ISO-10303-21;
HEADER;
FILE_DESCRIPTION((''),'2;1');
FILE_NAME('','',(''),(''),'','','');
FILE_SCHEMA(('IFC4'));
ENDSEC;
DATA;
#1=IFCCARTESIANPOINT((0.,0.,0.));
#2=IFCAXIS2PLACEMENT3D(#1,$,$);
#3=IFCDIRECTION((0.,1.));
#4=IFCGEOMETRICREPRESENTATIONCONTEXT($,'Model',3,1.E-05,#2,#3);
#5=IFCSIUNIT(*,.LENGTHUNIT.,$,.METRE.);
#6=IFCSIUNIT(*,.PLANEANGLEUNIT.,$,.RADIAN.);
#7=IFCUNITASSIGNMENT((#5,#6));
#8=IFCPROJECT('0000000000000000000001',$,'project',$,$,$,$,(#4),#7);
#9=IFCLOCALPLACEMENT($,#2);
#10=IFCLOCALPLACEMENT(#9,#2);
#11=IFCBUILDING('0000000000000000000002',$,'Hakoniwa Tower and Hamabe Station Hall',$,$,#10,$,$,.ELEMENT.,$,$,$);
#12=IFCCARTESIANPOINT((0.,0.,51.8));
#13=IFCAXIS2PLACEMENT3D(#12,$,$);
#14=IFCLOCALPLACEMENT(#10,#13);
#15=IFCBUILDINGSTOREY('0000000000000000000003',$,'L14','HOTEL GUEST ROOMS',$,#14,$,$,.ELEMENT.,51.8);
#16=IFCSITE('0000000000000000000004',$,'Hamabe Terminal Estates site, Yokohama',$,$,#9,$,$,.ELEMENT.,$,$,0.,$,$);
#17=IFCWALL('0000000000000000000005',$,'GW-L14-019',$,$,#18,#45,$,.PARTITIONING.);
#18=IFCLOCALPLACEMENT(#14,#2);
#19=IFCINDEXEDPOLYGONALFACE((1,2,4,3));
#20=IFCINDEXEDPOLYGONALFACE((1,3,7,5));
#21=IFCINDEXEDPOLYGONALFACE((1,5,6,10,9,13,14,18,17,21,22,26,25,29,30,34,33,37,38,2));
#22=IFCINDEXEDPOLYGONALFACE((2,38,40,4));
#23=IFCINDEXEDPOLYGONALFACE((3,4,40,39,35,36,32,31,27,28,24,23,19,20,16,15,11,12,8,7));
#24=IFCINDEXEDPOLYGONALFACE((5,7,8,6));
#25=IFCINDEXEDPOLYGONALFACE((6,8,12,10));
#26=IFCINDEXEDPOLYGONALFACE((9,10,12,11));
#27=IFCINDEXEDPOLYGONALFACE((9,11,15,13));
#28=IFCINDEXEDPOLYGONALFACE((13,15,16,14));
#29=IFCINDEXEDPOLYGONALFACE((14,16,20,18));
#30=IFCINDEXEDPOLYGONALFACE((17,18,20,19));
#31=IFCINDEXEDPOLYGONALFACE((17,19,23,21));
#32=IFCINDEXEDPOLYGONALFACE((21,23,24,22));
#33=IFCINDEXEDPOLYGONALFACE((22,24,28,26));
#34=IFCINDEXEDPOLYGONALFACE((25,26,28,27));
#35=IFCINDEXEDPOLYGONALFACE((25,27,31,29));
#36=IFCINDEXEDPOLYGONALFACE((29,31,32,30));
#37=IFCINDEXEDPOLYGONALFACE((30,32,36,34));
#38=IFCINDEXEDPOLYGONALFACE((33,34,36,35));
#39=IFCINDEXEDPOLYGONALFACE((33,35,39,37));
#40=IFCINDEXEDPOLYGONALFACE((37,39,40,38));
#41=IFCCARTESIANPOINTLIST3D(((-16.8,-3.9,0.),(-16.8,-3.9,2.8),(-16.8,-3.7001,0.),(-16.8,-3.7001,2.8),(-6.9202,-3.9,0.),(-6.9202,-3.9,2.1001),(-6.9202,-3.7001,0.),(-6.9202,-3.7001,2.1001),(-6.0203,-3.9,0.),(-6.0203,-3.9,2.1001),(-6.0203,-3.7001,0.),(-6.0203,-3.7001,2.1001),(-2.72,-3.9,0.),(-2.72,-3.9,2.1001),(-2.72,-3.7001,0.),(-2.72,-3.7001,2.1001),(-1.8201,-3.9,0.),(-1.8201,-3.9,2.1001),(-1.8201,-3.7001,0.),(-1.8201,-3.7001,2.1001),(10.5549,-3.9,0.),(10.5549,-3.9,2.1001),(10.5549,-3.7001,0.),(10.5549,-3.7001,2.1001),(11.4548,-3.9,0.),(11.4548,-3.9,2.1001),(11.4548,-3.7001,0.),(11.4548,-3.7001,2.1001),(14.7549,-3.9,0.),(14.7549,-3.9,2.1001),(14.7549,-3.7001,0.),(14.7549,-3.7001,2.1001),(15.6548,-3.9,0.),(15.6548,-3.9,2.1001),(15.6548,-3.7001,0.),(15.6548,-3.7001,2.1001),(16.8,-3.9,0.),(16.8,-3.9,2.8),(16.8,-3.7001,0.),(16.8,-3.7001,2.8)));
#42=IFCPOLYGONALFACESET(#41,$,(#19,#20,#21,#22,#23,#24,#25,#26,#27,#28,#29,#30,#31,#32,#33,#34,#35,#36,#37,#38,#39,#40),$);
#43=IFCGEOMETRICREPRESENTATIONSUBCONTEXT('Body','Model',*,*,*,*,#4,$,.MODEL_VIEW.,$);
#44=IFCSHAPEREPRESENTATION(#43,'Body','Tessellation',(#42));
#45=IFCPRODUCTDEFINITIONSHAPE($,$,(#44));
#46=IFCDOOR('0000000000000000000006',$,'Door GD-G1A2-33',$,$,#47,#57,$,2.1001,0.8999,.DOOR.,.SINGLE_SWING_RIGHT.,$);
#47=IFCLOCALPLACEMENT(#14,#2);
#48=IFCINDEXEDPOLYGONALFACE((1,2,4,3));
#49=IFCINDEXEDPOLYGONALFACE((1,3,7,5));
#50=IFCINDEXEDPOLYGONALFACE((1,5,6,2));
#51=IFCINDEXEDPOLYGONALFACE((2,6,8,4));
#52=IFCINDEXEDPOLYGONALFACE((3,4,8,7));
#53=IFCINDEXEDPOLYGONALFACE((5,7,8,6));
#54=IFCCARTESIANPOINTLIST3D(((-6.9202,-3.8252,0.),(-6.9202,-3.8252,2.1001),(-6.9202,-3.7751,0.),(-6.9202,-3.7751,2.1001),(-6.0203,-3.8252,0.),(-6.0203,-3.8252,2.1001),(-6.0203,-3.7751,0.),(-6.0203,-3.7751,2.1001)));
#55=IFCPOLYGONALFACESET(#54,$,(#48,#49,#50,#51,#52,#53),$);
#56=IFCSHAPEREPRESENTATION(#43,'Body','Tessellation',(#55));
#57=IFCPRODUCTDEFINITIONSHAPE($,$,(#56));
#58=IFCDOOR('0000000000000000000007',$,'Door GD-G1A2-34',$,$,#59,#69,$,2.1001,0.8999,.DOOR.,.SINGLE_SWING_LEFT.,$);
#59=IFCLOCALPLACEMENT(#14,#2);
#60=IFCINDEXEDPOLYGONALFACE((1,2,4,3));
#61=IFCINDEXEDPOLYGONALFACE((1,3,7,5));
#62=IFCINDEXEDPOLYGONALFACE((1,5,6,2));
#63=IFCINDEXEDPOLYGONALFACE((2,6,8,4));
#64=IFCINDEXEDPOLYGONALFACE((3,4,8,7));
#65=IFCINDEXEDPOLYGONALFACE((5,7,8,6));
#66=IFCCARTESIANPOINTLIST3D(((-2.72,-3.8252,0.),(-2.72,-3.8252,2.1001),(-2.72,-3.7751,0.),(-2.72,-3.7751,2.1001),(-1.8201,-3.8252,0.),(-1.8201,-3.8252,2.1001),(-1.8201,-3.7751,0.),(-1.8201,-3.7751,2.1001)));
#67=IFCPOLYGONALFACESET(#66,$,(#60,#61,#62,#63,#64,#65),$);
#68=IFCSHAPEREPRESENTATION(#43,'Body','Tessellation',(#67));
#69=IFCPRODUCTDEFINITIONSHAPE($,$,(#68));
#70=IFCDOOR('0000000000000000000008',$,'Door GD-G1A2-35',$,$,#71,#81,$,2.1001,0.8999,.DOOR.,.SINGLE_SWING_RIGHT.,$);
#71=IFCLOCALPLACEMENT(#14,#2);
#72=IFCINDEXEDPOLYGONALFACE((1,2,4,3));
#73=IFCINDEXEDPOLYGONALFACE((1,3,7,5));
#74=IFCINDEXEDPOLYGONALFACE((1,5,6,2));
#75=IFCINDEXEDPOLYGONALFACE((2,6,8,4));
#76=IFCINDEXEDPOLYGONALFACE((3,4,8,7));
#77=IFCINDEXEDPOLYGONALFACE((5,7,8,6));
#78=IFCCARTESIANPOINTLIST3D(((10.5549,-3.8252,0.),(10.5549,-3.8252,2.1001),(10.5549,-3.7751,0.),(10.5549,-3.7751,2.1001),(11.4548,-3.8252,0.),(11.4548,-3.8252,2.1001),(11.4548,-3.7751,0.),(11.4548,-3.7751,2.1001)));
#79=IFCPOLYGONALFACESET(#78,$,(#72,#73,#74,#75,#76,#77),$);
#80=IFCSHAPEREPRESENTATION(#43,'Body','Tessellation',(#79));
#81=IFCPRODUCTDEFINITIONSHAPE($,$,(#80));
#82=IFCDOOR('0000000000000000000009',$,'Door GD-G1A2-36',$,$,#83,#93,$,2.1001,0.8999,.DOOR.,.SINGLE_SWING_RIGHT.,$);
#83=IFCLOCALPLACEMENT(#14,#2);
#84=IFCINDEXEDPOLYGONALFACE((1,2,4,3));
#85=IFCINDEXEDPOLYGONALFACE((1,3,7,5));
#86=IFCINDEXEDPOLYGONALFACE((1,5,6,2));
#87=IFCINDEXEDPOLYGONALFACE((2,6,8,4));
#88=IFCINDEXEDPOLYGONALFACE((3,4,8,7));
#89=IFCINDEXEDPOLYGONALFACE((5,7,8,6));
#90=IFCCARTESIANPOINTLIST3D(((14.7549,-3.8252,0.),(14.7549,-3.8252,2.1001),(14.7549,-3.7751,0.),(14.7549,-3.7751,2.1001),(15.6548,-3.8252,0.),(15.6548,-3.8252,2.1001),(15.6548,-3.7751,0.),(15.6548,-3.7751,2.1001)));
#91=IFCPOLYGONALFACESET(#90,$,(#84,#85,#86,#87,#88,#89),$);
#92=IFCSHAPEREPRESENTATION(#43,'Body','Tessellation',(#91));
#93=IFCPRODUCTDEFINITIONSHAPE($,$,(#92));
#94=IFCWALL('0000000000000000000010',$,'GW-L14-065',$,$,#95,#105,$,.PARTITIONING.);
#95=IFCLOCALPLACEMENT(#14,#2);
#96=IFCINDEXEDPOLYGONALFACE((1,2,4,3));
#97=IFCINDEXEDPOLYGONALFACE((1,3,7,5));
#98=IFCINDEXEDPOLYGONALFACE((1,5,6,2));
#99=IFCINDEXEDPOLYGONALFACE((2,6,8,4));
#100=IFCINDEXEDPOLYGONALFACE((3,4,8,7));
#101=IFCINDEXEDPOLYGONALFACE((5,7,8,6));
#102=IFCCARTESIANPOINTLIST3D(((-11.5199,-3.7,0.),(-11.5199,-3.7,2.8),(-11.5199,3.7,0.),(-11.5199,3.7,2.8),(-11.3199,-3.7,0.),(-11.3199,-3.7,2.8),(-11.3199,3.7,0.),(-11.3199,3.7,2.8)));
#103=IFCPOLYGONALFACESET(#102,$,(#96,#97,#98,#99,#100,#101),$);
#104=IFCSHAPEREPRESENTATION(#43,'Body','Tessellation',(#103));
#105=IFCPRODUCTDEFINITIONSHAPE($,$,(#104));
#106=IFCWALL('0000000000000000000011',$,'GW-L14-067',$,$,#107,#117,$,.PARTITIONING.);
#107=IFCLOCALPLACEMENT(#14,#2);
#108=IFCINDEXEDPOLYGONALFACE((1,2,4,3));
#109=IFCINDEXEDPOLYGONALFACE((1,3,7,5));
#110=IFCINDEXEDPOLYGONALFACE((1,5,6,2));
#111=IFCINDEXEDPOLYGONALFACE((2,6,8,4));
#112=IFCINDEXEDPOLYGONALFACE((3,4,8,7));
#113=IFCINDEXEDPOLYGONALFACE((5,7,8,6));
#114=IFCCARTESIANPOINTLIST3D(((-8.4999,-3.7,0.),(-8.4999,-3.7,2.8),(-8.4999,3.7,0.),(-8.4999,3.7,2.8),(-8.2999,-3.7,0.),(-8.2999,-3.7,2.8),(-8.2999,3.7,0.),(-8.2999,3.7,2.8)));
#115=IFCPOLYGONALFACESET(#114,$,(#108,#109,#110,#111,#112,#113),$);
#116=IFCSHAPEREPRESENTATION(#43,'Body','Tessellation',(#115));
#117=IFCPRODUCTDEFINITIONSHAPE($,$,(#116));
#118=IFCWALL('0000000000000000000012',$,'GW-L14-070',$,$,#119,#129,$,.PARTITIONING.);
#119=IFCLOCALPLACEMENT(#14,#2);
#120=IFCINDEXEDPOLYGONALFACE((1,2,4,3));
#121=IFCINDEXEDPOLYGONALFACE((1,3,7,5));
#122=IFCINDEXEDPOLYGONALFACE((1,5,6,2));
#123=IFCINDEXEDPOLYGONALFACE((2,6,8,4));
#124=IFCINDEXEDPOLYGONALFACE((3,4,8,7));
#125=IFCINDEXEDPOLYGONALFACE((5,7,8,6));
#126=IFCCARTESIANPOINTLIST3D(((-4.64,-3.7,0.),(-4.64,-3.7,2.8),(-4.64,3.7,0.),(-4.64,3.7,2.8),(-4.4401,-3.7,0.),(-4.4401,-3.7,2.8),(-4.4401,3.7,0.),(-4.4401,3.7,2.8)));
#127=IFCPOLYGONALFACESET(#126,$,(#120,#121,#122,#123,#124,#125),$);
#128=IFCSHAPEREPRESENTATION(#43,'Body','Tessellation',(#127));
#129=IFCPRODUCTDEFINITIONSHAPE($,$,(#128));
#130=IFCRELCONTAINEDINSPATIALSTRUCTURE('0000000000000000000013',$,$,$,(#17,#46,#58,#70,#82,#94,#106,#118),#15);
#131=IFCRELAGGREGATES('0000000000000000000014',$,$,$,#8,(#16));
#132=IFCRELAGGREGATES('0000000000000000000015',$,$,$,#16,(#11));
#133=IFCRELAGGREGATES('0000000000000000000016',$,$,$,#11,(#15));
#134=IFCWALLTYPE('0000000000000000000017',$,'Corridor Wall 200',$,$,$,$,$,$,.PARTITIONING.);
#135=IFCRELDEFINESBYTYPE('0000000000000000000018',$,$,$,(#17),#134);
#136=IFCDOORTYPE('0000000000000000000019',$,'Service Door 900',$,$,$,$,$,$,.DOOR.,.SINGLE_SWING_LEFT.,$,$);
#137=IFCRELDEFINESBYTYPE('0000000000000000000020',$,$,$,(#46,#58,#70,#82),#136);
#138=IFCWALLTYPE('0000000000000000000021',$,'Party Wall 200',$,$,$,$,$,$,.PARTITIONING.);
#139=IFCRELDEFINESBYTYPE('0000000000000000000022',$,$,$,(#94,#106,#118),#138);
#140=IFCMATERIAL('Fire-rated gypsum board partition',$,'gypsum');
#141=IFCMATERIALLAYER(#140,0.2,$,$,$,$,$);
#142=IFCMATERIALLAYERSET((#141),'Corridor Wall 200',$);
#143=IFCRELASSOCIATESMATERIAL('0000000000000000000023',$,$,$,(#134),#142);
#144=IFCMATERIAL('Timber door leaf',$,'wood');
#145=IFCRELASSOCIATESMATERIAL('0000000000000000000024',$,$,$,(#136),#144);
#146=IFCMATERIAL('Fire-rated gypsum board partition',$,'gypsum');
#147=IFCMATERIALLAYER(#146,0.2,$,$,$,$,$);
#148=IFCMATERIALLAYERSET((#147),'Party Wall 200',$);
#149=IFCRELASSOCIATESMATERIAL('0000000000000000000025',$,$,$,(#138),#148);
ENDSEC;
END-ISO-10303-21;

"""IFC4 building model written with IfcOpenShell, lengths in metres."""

from ifc_helpers import new_model, si_unit, direction, frame, frame_2d, origin, place, context, subcontext, project, spatial, rectangle, extrude, material, layer, layer_set, type_object, element, fill, save


model = new_model("IFC4")

# Units and contexts
model_context = context("Model", 3, precision=1e-05, world=origin(), true_north=direction((0.0, 1.0)))
body_context = subcontext(model_context, "Body", "Model", "MODEL_VIEW")
ifc_project = project(units=[si_unit("LENGTHUNIT", "METRE"), si_unit("PLANEANGLEUNIT", "RADIAN")], contexts=[model_context])

# Site, building, storey
site_placement = place(None, origin())
site = spatial("IfcSite", under=ifc_project, at=site_placement, Name="Hamabe Terminal Estates site, Yokohama", CompositionType="ELEMENT", RefElevation=0.0)
building_placement = place(site_placement, origin())
building = spatial("IfcBuilding", under=site, at=building_placement, Name="Hakoniwa Tower and Hamabe Station Hall", CompositionType="ELEMENT")
storey_placement = place(building_placement, frame((0.0, 0.0, 51.8)))
storey = spatial("IfcBuildingStorey", under=building, at=storey_placement, Name="L14", Description="HOTEL GUEST ROOMS", CompositionType="ELEMENT", Elevation=51.8)

# Wall, openings, doors
ifc_material_1 = material(Name="Fire-rated gypsum board partition", Category="gypsum")
ifc_layer_1 = layer(ifc_material_1, 0.2)
ifc_layer_set_1 = layer_set([ifc_layer_1], Name="Corridor Wall 200")
wall_type_1 = type_object("IfcWallType", Name="Corridor Wall 200", PredefinedType="PARTITIONING", material=ifc_layer_set_1)
ifc_material_2 = material(Name="Timber door leaf", Category="wood")
door_type_1 = type_object("IfcDoorType", Name="Service Door 900", OperationType="SINGLE_SWING_LEFT", PredefinedType="DOOR", material=ifc_material_2)
wall_1_placement = place(storey_placement, frame((-16.8, -3.8, 0.0), z_axis=(0.0, 0.0, 1.0), x_axis=(1.0, 0.0, 0.0)))
wall_1 = element("IfcWall", 1, at=wall_1_placement, inside=storey, type_object=wall_type_1, Name="GW-L14-019", PredefinedType="PARTITIONING", context=body_context, shape_type="SweptSolid", body=[
    extrude(rectangle(XDim=33.6001, YDim=0.2, at=frame_2d((16.8, 0.0))), origin(), (0.0, 0.0, 1.0), 2.8),
])
opening_1_placement = place(wall_1_placement, frame((9.8799, 0.0, 0.0)))
opening_1 = element("IfcOpeningElement", 2, at=opening_1_placement, cuts=wall_1, PredefinedType="OPENING", context=body_context, shape_type="SweptSolid", body=[
    extrude(rectangle(XDim=0.8999, YDim=2.1001, at=frame_2d((0.45, 1.05))), frame((0.0, 0.1099, 0.0), z_axis=(0.0, -1.0, 0.0), x_axis=(1.0, 0.0, 0.0)), (0.0, 0.0, 1.0), 0.22),
])
opening_2_placement = place(wall_1_placement, frame((14.0801, 0.0, 0.0)))
opening_2 = element("IfcOpeningElement", 3, at=opening_2_placement, cuts=wall_1, PredefinedType="OPENING", context=body_context, shape_type="SweptSolid", body=[
    extrude(rectangle(XDim=0.8999, YDim=2.1001, at=frame_2d((0.45, 1.05))), frame((0.0, 0.1099, 0.0), z_axis=(0.0, -1.0, 0.0), x_axis=(1.0, 0.0, 0.0)), (0.0, 0.0, 1.0), 0.22),
])
opening_3_placement = place(wall_1_placement, frame((27.355, 0.0, 0.0)))
opening_3 = element("IfcOpeningElement", 4, at=opening_3_placement, cuts=wall_1, PredefinedType="OPENING", context=body_context, shape_type="SweptSolid", body=[
    extrude(rectangle(XDim=0.8999, YDim=2.1001, at=frame_2d((0.45, 1.05))), frame((0.0, 0.1099, 0.0), z_axis=(0.0, -1.0, 0.0), x_axis=(1.0, 0.0, 0.0)), (0.0, 0.0, 1.0), 0.22),
])
opening_4_placement = place(wall_1_placement, frame((31.5549, 0.0, 0.0)))
opening_4 = element("IfcOpeningElement", 5, at=opening_4_placement, cuts=wall_1, PredefinedType="OPENING", context=body_context, shape_type="SweptSolid", body=[
    extrude(rectangle(XDim=0.8999, YDim=2.1001, at=frame_2d((0.45, 1.05))), frame((0.0, 0.1099, 0.0), z_axis=(0.0, -1.0, 0.0), x_axis=(1.0, 0.0, 0.0)), (0.0, 0.0, 1.0), 0.22),
])
door_1_placement = place(opening_1_placement, origin())
door_1 = element("IfcDoor", 6, at=door_1_placement, inside=storey, type_object=door_type_1, Name="Door GD-G1A2-33", OperationType="SINGLE_SWING_RIGHT", OverallHeight=2.1001, OverallWidth=0.8999, PredefinedType="DOOR", context=body_context, shape_type="SweptSolid", body=[
    extrude(rectangle(XDim=0.8999, YDim=2.1001, at=frame_2d((0.45, 1.05))), frame((0.0, 0.0249, 0.0), z_axis=(0.0, -1.0, 0.0), x_axis=(1.0, 0.0, 0.0)), (0.0, 0.0, 1.0), 0.05),
])
fill(opening_1, door_1)
door_2_placement = place(opening_2_placement, origin())
door_2 = element("IfcDoor", 7, at=door_2_placement, inside=storey, type_object=door_type_1, Name="Door GD-G1A2-34", OperationType="SINGLE_SWING_LEFT", OverallHeight=2.1001, OverallWidth=0.8999, PredefinedType="DOOR", context=body_context, shape_type="SweptSolid", body=[
    extrude(rectangle(XDim=0.8999, YDim=2.1001, at=frame_2d((0.45, 1.05))), frame((0.0, 0.0249, 0.0), z_axis=(0.0, -1.0, 0.0), x_axis=(1.0, 0.0, 0.0)), (0.0, 0.0, 1.0), 0.05),
])
fill(opening_2, door_2)
door_3_placement = place(opening_3_placement, origin())
door_3 = element("IfcDoor", 8, at=door_3_placement, inside=storey, type_object=door_type_1, Name="Door GD-G1A2-35", OperationType="SINGLE_SWING_RIGHT", OverallHeight=2.1001, OverallWidth=0.8999, PredefinedType="DOOR", context=body_context, shape_type="SweptSolid", body=[
    extrude(rectangle(XDim=0.8999, YDim=2.1001, at=frame_2d((0.45, 1.05))), frame((0.0, 0.0249, 0.0), z_axis=(0.0, -1.0, 0.0), x_axis=(1.0, 0.0, 0.0)), (0.0, 0.0, 1.0), 0.05),
])
fill(opening_3, door_3)
door_4_placement = place(opening_4_placement, origin())
door_4 = element("IfcDoor", 9, at=door_4_placement, inside=storey, type_object=door_type_1, Name="Door GD-G1A2-36", OperationType="SINGLE_SWING_RIGHT", OverallHeight=2.1001, OverallWidth=0.8999, PredefinedType="DOOR", context=body_context, shape_type="SweptSolid", body=[
    extrude(rectangle(XDim=0.8999, YDim=2.1001, at=frame_2d((0.45, 1.05))), frame((0.0, 0.0249, 0.0), z_axis=(0.0, -1.0, 0.0), x_axis=(1.0, 0.0, 0.0)), (0.0, 0.0, 1.0), 0.05),
])
fill(opening_4, door_4)

# Walls
ifc_material_3 = material(Name="Fire-rated gypsum board partition", Category="gypsum")
ifc_layer_2 = layer(ifc_material_3, 0.2)
ifc_layer_set_2 = layer_set([ifc_layer_2], Name="Party Wall 200")
wall_type_2 = type_object("IfcWallType", Name="Party Wall 200", PredefinedType="PARTITIONING", material=ifc_layer_set_2)
for number, where, z_axis, x_axis, name in (
    (10, (-11.4199, -3.7, 0.0), (0.0, 0.0, 1.0), (0.0, 1.0, 0.0), "GW-L14-065"),
    (11, (-8.3999, -3.7, 0.0), (0.0, 0.0, 1.0), (0.0, 1.0, 0.0), "GW-L14-067"),
    (12, (-4.54, -3.7, 0.0), (0.0, 0.0, 1.0), (0.0, 1.0, 0.0), "GW-L14-070"),
):
    element("IfcWall", number, at=place(storey_placement, frame(where, z_axis=z_axis, x_axis=x_axis)), inside=storey, type_object=wall_type_2, Name=name, PredefinedType="PARTITIONING", context=body_context, shape_type="SweptSolid", body=[
        extrude(rectangle(XDim=7.3999, YDim=0.2, at=frame_2d((3.7, 0.0))), origin(), (0.0, 0.0, 1.0), 2.8),
    ])

save(model, "model.ifc")
